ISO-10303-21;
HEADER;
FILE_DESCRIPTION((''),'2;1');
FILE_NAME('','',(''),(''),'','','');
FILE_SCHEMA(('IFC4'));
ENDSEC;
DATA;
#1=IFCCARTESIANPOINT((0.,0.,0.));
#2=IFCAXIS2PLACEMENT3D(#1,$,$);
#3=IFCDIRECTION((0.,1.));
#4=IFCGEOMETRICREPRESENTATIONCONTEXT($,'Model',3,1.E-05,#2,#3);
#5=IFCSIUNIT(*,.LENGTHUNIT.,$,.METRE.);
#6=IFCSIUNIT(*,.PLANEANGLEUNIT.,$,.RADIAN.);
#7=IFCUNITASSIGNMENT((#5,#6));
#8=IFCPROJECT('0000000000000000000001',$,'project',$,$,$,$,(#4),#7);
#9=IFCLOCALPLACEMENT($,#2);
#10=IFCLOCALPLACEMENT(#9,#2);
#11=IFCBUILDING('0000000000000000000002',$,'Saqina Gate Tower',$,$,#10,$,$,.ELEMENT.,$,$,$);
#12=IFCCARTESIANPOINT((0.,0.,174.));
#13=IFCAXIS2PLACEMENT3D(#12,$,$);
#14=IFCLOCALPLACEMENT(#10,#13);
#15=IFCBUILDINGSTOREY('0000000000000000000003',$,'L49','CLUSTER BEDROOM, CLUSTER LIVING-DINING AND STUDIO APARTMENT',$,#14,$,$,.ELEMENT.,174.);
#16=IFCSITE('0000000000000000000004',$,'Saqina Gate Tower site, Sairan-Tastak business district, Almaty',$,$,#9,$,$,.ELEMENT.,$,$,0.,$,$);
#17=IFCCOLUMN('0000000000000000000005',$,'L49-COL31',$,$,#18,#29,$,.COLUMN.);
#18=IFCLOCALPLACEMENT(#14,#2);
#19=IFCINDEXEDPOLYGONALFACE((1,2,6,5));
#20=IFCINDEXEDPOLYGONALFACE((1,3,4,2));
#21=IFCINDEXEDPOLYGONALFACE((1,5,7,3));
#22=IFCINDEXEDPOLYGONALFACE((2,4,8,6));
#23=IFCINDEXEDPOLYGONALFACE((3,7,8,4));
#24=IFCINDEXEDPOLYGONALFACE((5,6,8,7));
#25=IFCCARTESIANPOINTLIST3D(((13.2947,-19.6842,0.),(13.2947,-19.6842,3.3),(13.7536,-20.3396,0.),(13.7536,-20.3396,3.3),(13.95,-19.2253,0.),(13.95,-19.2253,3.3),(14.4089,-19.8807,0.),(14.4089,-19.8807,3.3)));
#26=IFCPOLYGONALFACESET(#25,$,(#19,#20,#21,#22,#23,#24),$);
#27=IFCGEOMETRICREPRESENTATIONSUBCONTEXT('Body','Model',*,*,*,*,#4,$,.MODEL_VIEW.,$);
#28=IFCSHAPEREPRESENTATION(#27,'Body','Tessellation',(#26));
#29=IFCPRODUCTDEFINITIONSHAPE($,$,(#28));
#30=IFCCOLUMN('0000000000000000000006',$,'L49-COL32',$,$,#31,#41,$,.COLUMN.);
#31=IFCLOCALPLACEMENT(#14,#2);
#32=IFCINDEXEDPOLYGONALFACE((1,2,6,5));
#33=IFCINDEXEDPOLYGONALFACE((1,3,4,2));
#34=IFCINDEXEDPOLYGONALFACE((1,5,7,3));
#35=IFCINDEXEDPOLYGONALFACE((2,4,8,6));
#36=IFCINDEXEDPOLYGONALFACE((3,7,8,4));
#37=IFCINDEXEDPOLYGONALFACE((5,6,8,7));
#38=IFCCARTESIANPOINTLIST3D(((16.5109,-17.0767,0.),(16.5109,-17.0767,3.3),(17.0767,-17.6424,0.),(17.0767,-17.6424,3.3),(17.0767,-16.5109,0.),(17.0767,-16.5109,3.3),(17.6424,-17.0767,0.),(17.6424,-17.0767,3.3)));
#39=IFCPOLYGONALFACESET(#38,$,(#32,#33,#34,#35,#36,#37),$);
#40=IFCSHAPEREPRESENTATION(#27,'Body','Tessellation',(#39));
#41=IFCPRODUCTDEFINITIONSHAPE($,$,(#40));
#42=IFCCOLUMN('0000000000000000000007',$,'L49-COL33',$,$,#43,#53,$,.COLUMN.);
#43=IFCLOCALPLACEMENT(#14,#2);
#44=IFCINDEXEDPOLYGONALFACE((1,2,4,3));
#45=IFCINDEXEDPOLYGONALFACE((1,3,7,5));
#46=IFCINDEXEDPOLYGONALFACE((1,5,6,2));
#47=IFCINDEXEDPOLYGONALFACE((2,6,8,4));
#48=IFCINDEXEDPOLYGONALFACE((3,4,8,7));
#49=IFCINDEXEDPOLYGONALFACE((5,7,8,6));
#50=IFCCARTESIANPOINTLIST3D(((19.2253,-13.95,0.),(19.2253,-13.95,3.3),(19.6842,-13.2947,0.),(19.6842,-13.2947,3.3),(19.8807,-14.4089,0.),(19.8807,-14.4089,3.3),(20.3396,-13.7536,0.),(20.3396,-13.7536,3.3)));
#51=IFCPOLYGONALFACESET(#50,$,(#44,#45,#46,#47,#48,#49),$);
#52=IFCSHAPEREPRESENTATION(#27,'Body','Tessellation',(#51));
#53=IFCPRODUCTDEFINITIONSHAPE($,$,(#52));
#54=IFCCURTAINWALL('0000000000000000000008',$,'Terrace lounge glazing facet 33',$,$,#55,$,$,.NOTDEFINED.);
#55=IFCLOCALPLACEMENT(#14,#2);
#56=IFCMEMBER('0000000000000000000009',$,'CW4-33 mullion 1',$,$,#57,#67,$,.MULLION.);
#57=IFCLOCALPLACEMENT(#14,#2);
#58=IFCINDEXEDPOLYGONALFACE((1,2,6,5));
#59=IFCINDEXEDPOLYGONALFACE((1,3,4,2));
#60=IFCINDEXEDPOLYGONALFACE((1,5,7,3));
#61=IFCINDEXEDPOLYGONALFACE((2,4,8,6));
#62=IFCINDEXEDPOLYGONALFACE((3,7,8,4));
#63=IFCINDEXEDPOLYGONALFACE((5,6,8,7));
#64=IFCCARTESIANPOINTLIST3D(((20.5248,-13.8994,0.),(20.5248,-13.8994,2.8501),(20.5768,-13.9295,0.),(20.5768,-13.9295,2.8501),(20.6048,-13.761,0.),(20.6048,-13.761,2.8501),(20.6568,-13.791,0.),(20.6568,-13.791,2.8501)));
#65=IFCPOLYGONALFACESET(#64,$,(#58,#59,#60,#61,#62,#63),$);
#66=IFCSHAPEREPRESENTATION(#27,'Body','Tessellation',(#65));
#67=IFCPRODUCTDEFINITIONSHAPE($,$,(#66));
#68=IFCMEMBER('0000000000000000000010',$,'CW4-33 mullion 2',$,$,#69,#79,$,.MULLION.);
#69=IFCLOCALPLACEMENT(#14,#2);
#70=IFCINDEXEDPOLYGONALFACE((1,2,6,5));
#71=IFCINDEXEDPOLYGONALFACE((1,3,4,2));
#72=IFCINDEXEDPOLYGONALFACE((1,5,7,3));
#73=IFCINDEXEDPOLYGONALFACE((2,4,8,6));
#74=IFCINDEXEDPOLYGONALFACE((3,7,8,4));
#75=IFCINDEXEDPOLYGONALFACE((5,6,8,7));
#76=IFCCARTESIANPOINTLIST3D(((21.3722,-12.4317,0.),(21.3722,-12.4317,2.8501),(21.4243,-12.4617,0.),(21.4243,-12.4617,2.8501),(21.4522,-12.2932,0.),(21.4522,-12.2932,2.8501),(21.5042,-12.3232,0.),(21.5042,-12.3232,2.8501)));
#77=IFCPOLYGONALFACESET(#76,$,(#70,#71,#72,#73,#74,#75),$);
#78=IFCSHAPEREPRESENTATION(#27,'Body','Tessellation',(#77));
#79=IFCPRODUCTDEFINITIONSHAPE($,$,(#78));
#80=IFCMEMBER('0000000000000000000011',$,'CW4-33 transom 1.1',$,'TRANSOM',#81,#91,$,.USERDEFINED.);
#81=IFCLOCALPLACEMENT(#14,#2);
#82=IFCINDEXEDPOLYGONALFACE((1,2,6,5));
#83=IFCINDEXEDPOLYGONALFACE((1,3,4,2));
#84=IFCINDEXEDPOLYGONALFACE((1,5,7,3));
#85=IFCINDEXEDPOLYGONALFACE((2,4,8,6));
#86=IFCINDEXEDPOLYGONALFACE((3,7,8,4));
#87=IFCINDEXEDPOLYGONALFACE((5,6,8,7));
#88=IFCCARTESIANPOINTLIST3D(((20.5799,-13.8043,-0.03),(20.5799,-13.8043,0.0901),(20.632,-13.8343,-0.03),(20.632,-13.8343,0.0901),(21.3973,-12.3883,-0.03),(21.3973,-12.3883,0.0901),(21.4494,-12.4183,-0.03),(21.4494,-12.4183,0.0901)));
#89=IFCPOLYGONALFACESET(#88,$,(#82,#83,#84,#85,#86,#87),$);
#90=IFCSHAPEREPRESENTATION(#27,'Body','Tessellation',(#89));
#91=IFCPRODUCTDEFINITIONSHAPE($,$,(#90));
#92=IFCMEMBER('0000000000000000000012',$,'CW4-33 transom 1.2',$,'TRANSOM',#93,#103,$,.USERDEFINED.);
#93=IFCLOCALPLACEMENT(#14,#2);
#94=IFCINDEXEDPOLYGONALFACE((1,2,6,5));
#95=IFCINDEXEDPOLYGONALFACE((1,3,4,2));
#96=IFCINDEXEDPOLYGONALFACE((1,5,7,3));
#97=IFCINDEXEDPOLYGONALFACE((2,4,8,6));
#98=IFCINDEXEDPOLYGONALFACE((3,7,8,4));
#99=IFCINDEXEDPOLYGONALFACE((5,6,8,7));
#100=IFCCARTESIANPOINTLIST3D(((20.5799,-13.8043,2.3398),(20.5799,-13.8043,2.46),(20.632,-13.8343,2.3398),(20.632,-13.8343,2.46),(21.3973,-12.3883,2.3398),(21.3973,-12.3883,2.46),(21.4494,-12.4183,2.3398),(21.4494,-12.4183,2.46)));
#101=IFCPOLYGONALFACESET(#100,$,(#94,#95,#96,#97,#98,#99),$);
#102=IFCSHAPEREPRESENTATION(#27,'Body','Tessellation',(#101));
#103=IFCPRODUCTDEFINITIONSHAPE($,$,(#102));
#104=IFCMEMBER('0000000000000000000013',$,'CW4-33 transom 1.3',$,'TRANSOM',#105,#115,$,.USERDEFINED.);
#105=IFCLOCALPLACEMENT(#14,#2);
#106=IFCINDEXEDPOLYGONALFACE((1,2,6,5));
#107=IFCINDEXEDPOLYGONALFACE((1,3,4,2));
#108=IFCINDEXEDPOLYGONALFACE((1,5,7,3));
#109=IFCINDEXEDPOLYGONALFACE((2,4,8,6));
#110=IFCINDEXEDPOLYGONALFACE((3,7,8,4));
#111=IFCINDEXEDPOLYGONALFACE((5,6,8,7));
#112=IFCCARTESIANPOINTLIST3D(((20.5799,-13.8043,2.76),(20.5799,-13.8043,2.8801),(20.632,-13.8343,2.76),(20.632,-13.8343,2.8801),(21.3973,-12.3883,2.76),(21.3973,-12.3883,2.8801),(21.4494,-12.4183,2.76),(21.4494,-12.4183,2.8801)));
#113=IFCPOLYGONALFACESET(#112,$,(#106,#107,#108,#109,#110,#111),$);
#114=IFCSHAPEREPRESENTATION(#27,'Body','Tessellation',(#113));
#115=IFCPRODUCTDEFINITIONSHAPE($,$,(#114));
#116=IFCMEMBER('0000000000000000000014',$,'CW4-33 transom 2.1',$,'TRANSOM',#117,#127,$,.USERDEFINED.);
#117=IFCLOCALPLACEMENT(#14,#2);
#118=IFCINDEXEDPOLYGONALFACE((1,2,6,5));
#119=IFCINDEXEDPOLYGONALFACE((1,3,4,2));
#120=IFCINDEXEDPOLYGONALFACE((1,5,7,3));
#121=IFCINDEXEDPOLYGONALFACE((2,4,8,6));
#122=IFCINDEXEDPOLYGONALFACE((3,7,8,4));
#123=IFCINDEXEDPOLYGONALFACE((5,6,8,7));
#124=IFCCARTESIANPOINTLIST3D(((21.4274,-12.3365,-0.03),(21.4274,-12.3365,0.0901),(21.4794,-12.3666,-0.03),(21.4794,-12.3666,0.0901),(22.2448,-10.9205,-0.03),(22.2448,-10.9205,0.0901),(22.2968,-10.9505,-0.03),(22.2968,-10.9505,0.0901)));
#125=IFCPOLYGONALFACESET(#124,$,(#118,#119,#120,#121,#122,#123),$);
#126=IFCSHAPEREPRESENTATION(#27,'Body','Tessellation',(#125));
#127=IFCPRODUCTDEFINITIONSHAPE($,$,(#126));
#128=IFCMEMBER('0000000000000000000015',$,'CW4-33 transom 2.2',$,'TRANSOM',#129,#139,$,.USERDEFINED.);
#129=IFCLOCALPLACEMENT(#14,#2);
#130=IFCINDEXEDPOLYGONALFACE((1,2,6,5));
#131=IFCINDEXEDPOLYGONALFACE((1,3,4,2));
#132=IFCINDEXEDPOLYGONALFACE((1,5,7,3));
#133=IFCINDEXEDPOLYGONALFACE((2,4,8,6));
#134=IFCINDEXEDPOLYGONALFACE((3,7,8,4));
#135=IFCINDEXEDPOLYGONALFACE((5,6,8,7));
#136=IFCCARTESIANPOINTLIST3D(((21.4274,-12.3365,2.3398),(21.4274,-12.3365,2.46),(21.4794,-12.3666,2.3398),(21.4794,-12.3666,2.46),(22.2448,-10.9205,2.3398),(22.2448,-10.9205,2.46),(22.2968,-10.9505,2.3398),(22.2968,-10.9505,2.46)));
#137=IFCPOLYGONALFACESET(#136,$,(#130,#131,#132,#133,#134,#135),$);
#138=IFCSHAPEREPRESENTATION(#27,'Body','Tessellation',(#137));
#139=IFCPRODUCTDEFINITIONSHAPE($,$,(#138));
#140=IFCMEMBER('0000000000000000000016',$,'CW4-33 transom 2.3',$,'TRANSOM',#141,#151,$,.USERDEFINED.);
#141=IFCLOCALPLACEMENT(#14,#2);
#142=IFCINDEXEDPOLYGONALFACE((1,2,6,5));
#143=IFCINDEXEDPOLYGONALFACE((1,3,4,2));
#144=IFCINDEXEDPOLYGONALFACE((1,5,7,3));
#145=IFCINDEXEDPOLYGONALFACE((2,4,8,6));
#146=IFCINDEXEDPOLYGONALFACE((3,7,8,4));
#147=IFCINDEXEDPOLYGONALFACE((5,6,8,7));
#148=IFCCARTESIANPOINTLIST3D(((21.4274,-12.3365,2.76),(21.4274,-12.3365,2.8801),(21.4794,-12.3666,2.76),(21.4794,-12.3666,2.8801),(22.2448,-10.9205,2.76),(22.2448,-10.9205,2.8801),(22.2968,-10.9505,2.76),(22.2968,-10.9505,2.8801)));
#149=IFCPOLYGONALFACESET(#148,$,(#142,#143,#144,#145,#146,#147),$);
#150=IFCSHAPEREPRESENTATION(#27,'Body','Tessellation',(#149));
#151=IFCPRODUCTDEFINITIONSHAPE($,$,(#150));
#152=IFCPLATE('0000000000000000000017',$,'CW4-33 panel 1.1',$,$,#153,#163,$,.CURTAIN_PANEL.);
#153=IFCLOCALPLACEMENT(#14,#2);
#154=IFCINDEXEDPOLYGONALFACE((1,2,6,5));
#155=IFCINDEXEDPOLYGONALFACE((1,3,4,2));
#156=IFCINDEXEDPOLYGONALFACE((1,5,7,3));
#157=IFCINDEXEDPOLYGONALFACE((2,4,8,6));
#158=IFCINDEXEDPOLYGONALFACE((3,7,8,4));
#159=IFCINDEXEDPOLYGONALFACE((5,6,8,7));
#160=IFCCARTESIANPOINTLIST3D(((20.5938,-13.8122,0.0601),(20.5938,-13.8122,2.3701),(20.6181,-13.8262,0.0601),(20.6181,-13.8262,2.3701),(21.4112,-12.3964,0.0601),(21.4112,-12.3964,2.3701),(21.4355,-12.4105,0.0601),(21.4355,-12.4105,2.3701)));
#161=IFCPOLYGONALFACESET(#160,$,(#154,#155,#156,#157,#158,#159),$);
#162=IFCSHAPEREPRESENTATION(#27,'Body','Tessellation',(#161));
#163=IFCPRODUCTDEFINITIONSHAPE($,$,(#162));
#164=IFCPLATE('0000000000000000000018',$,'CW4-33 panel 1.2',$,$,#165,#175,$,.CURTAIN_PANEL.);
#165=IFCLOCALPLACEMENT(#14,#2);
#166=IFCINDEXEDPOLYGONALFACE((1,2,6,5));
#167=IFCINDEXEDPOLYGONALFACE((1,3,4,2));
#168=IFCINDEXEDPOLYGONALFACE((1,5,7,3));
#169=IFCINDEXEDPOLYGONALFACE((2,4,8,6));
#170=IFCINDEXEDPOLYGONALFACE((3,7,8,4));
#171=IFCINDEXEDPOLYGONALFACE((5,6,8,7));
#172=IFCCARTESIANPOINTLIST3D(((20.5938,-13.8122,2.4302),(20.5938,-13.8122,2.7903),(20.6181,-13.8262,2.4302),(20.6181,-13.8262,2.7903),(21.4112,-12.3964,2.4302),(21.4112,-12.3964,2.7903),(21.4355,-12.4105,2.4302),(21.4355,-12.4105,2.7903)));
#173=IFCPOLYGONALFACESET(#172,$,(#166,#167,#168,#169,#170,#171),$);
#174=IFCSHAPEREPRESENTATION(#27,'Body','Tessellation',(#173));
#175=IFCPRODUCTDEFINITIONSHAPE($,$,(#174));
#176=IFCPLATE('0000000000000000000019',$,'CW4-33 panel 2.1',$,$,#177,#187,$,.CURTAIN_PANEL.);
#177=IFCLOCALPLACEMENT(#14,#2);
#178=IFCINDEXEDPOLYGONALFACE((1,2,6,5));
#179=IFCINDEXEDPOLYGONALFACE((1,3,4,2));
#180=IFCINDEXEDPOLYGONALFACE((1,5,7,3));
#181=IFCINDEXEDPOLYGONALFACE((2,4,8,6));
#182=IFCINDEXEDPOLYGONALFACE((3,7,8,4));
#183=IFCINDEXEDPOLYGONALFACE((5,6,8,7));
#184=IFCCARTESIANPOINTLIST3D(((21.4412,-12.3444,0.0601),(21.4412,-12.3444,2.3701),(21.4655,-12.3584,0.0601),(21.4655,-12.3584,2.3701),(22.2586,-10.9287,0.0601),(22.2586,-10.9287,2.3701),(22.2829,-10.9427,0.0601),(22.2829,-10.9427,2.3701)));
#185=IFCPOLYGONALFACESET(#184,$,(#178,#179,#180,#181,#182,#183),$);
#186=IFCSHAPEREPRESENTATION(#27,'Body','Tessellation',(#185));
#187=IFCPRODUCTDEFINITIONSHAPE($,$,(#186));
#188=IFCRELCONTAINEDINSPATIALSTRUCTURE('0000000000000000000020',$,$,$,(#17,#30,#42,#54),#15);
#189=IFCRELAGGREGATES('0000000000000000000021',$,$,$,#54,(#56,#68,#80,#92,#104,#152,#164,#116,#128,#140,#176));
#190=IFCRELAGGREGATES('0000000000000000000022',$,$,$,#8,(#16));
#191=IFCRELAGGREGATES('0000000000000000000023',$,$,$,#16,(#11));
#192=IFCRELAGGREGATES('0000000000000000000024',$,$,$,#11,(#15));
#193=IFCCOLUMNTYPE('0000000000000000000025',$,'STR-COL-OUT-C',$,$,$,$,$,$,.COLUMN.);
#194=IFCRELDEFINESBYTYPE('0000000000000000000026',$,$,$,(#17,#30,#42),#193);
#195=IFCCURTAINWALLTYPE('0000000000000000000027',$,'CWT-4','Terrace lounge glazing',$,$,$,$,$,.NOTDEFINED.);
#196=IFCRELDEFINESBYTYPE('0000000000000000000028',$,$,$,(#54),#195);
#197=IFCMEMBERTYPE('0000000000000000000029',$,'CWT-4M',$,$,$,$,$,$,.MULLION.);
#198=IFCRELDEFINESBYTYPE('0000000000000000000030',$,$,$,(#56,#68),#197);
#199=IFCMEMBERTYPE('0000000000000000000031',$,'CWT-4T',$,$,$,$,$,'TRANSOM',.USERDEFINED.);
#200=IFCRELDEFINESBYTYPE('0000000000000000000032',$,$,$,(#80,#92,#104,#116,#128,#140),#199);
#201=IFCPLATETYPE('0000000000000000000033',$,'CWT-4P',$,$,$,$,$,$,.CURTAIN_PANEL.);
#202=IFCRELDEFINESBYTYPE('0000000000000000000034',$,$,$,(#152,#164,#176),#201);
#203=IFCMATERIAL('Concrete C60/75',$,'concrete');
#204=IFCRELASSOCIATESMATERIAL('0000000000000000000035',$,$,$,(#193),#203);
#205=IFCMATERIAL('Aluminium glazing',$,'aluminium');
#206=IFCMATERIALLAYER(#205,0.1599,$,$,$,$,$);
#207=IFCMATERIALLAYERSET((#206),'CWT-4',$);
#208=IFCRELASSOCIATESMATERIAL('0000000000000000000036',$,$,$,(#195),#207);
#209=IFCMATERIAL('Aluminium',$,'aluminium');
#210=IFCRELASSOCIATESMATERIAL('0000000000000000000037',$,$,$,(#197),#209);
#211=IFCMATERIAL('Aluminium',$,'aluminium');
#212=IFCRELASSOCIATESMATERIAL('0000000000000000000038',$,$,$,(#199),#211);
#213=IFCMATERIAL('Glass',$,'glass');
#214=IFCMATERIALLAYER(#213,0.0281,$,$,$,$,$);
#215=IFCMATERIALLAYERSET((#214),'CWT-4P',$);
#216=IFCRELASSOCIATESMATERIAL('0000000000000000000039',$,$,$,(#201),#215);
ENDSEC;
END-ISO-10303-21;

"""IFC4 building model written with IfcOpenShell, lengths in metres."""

from ifc_helpers import new_model, si_unit, direction, frame, origin, origin_2d, place, context, subcontext, project, spatial, rectangle, extrude, material, layer, layer_set, material_profile, profile_set, type_object, element, aggregate, save


model = new_model("IFC4")

# Units and contexts
model_context = context("Model", 3, precision=1e-05, world=origin(), true_north=direction((0.0, 1.0)))
body_context = subcontext(model_context, "Body", "Model", "MODEL_VIEW")
ifc_project = project(units=[si_unit("LENGTHUNIT", "METRE"), si_unit("PLANEANGLEUNIT", "RADIAN")], contexts=[model_context])

# Site, building, storey
site_placement = place(None, origin())
site = spatial("IfcSite", under=ifc_project, at=site_placement, Name="Saqina Gate Tower site, Sairan-Tastak business district, Almaty", CompositionType="ELEMENT", RefElevation=0.0)
building_placement = place(site_placement, origin())
building = spatial("IfcBuilding", under=site, at=building_placement, Name="Saqina Gate Tower", CompositionType="ELEMENT")
storey_placement = place(building_placement, frame((0.0, 0.0, 174.0)))
storey = spatial("IfcBuildingStorey", under=building, at=storey_placement, Name="L49", Description="CLUSTER BEDROOM, CLUSTER LIVING-DINING AND STUDIO APARTMENT", CompositionType="ELEMENT", Elevation=174.0)

# Columns
ifc_material_1 = material(Name="Concrete C60/75", Category="concrete")
ifc_material_profile_1 = material_profile(ifc_material_1, rectangle(XDim=0.8, YDim=0.8, at=origin_2d()), Name="RC 800x800")
ifc_profile_set_1 = profile_set([ifc_material_profile_1], Name="Concrete C60/75")
column_type = type_object("IfcColumnType", Name="STR-COL-OUT-C", PredefinedType="COLUMN", material=ifc_profile_set_1)
for number, where, z_axis, x_axis, name in (
    (1, (13.8518, -19.7825, 0.0), (0.0, 0.0, 1.0), (0.573576, -0.819152, 0.0), "L49-COL31"),
    (2, (17.0767, -17.0767, 0.0), (0.0, 0.0, 1.0), (0.707107, -0.707107, 0.0), "L49-COL32"),
    (3, (19.7825, -13.8518, 0.0), (0.0, 0.0, 1.0), (0.819152, -0.573576, 0.0), "L49-COL33"),
):
    element("IfcColumn", number, at=place(storey_placement, frame(where, z_axis=z_axis, x_axis=x_axis)), inside=storey, type_object=column_type, Name=name, PredefinedType="COLUMN", context=body_context, shape_type="SweptSolid", body=[
        extrude(rectangle(XDim=0.8, YDim=0.8, at=origin_2d()), origin(), (0.0, 0.0, 1.0), 3.3),
    ])

# Curtain wall, members, plates
ifc_material_2 = material(Name="Aluminium glazing", Category="aluminium")
ifc_layer_1 = layer(ifc_material_2, 0.1599)
ifc_layer_set_1 = layer_set([ifc_layer_1], Name="CWT-4")
curtain_wall_type = type_object("IfcCurtainWallType", Name="CWT-4", Description="Terrace lounge glazing", PredefinedType="NOTDEFINED", material=ifc_layer_set_1)
curtain_wall_placement = place(storey_placement, origin())
curtain_wall = element("IfcCurtainWall", 4, at=curtain_wall_placement, inside=storey, type_object=curtain_wall_type, Name="Terrace lounge glazing facet 33", PredefinedType="NOTDEFINED")
ifc_material_3 = material(Name="Aluminium", Category="aluminium")
ifc_material_profile_2 = material_profile(ifc_material_3, rectangle(XDim=0.0601, YDim=0.1599, at=origin_2d()), Name="Aluminium 60x160")
ifc_profile_set_2 = profile_set([ifc_material_profile_2], Name="Aluminium")
member_type_1 = type_object("IfcMemberType", Name="CWT-4M", PredefinedType="MULLION", material=ifc_profile_set_2)
member_1_placement = place(storey_placement, frame((20.5908, -13.8452, 0.0), z_axis=(0.0, 0.0, 1.0), x_axis=(-0.866017, 0.500014, 0.0)))
member_1 = element("IfcMember", 5, at=member_1_placement, type_object=member_type_1, Name="CW4-33 mullion 1", PredefinedType="MULLION", context=body_context, shape_type="SweptSolid", body=[
    extrude(rectangle(XDim=0.0601, YDim=0.1599, at=origin_2d()), origin(), (0.0, 0.0, 1.0), 2.8501),
])
member_2_placement = place(storey_placement, frame((21.4382, -12.3774, 0.0), z_axis=(0.0, 0.0, 1.0), x_axis=(-0.866017, 0.500014, 0.0)))
member_2 = element("IfcMember", 6, at=member_2_placement, type_object=member_type_1, Name="CW4-33 mullion 2", PredefinedType="MULLION", context=body_context, shape_type="SweptSolid", body=[
    extrude(rectangle(XDim=0.0601, YDim=0.1599, at=origin_2d()), origin(), (0.0, 0.0, 1.0), 2.8501),
])
ifc_material_4 = material(Name="Aluminium", Category="aluminium")
ifc_material_profile_3 = material_profile(ifc_material_4, rectangle(XDim=0.0601, YDim=0.1201, at=origin_2d()), Name="Aluminium 60x120")
ifc_profile_set_3 = profile_set([ifc_material_profile_3], Name="Aluminium")
member_type_2 = type_object("IfcMemberType", Name="CWT-4T", ElementType="TRANSOM", PredefinedType="USERDEFINED", material=ifc_profile_set_3)
member_3_placement = place(storey_placement, frame((20.606, -13.8193, 0.03), z_axis=(0.499929, 0.866066, 0.0), x_axis=(-0.866066, 0.499929, 0.0)))
member_3 = element("IfcMember", 7, at=member_3_placement, type_object=member_type_2, Name="CW4-33 transom 1.1", ObjectType="TRANSOM", PredefinedType="USERDEFINED", context=body_context, shape_type="SweptSolid", body=[
    extrude(rectangle(XDim=0.0601, YDim=0.1201, at=origin_2d()), origin(), (0.0, 0.0, 1.0), 1.635),
])
member_4_placement = place(storey_placement, frame((20.606, -13.8193, 2.3999), z_axis=(0.499929, 0.866066, 0.0), x_axis=(-0.866066, 0.499929, 0.0)))
member_4 = element("IfcMember", 8, at=member_4_placement, type_object=member_type_2, Name="CW4-33 transom 1.2", ObjectType="TRANSOM", PredefinedType="USERDEFINED", context=body_context, shape_type="SweptSolid", body=[
    extrude(rectangle(XDim=0.0601, YDim=0.1201, at=origin_2d()), origin(), (0.0, 0.0, 1.0), 1.635),
])
member_5_placement = place(storey_placement, frame((20.606, -13.8193, 2.8201), z_axis=(0.499929, 0.866066, 0.0), x_axis=(-0.866066, 0.499929, 0.0)))
member_5 = element("IfcMember", 9, at=member_5_placement, type_object=member_type_2, Name="CW4-33 transom 1.3", ObjectType="TRANSOM", PredefinedType="USERDEFINED", context=body_context, shape_type="SweptSolid", body=[
    extrude(rectangle(XDim=0.0601, YDim=0.1201, at=origin_2d()), origin(), (0.0, 0.0, 1.0), 1.635),
])
member_6_placement = place(storey_placement, frame((21.4534, -12.3516, 0.03), z_axis=(0.499929, 0.866066, 0.0), x_axis=(-0.866066, 0.499929, 0.0)))
member_6 = element("IfcMember", 10, at=member_6_placement, type_object=member_type_2, Name="CW4-33 transom 2.1", ObjectType="TRANSOM", PredefinedType="USERDEFINED", context=body_context, shape_type="SweptSolid", body=[
    extrude(rectangle(XDim=0.0601, YDim=0.1201, at=origin_2d()), origin(), (0.0, 0.0, 1.0), 1.635),
])
member_7_placement = place(storey_placement, frame((21.4534, -12.3516, 2.3999), z_axis=(0.499929, 0.866066, 0.0), x_axis=(-0.866066, 0.499929, 0.0)))
member_7 = element("IfcMember", 11, at=member_7_placement, type_object=member_type_2, Name="CW4-33 transom 2.2", ObjectType="TRANSOM", PredefinedType="USERDEFINED", context=body_context, shape_type="SweptSolid", body=[
    extrude(rectangle(XDim=0.0601, YDim=0.1201, at=origin_2d()), origin(), (0.0, 0.0, 1.0), 1.635),
])
member_8_placement = place(storey_placement, frame((21.4534, -12.3516, 2.8201), z_axis=(0.499929, 0.866066, 0.0), x_axis=(-0.866066, 0.499929, 0.0)))
member_8 = element("IfcMember", 12, at=member_8_placement, type_object=member_type_2, Name="CW4-33 transom 2.3", ObjectType="TRANSOM", PredefinedType="USERDEFINED", context=body_context, shape_type="SweptSolid", body=[
    extrude(rectangle(XDim=0.0601, YDim=0.1201, at=origin_2d()), origin(), (0.0, 0.0, 1.0), 1.635),
])
ifc_material_5 = material(Name="Glass", Category="glass")
ifc_layer_2 = layer(ifc_material_5, 0.0281)
ifc_layer_set_2 = layer_set([ifc_layer_2], Name="CWT-4P")
plate_type = type_object("IfcPlateType", Name="CWT-4P", PredefinedType="CURTAIN_PANEL", material=ifc_layer_set_2)
plate_1_placement = place(storey_placement, frame((21.0146, -13.1113, 0.0601), z_axis=(0.0, 0.0, 1.0), x_axis=(0.500014, 0.866017, 0.0)))
plate_1 = element("IfcPlate", 13, at=plate_1_placement, type_object=plate_type, Name="CW4-33 panel 1.1", PredefinedType="CURTAIN_PANEL", context=body_context, shape_type="SweptSolid", body=[
    extrude(rectangle(XDim=1.6348, YDim=0.0281, at=origin_2d()), origin(), (0.0, 0.0, 1.0), 2.3101),
])
plate_2_placement = place(storey_placement, frame((21.0146, -13.1113, 2.4302), z_axis=(0.0, 0.0, 1.0), x_axis=(0.500014, 0.866017, 0.0)))
plate_2 = element("IfcPlate", 14, at=plate_2_placement, type_object=plate_type, Name="CW4-33 panel 1.2", PredefinedType="CURTAIN_PANEL", context=body_context, shape_type="SweptSolid", body=[
    extrude(rectangle(XDim=1.6348, YDim=0.0281, at=origin_2d()), origin(), (0.0, 0.0, 1.0), 0.3601),
])
plate_3_placement = place(storey_placement, frame((21.8621, -11.6436, 0.0601), z_axis=(0.0, 0.0, 1.0), x_axis=(0.500014, 0.866017, 0.0)))
plate_3 = element("IfcPlate", 15, at=plate_3_placement, type_object=plate_type, Name="CW4-33 panel 2.1", PredefinedType="CURTAIN_PANEL", context=body_context, shape_type="SweptSolid", body=[
    extrude(rectangle(XDim=1.6348, YDim=0.0281, at=origin_2d()), origin(), (0.0, 0.0, 1.0), 2.3101),
])
aggregate(curtain_wall, [member_1, member_2, member_3, member_4, member_5, plate_1, plate_2, member_6, member_7, member_8, plate_3])

save(model, "model.ifc")
